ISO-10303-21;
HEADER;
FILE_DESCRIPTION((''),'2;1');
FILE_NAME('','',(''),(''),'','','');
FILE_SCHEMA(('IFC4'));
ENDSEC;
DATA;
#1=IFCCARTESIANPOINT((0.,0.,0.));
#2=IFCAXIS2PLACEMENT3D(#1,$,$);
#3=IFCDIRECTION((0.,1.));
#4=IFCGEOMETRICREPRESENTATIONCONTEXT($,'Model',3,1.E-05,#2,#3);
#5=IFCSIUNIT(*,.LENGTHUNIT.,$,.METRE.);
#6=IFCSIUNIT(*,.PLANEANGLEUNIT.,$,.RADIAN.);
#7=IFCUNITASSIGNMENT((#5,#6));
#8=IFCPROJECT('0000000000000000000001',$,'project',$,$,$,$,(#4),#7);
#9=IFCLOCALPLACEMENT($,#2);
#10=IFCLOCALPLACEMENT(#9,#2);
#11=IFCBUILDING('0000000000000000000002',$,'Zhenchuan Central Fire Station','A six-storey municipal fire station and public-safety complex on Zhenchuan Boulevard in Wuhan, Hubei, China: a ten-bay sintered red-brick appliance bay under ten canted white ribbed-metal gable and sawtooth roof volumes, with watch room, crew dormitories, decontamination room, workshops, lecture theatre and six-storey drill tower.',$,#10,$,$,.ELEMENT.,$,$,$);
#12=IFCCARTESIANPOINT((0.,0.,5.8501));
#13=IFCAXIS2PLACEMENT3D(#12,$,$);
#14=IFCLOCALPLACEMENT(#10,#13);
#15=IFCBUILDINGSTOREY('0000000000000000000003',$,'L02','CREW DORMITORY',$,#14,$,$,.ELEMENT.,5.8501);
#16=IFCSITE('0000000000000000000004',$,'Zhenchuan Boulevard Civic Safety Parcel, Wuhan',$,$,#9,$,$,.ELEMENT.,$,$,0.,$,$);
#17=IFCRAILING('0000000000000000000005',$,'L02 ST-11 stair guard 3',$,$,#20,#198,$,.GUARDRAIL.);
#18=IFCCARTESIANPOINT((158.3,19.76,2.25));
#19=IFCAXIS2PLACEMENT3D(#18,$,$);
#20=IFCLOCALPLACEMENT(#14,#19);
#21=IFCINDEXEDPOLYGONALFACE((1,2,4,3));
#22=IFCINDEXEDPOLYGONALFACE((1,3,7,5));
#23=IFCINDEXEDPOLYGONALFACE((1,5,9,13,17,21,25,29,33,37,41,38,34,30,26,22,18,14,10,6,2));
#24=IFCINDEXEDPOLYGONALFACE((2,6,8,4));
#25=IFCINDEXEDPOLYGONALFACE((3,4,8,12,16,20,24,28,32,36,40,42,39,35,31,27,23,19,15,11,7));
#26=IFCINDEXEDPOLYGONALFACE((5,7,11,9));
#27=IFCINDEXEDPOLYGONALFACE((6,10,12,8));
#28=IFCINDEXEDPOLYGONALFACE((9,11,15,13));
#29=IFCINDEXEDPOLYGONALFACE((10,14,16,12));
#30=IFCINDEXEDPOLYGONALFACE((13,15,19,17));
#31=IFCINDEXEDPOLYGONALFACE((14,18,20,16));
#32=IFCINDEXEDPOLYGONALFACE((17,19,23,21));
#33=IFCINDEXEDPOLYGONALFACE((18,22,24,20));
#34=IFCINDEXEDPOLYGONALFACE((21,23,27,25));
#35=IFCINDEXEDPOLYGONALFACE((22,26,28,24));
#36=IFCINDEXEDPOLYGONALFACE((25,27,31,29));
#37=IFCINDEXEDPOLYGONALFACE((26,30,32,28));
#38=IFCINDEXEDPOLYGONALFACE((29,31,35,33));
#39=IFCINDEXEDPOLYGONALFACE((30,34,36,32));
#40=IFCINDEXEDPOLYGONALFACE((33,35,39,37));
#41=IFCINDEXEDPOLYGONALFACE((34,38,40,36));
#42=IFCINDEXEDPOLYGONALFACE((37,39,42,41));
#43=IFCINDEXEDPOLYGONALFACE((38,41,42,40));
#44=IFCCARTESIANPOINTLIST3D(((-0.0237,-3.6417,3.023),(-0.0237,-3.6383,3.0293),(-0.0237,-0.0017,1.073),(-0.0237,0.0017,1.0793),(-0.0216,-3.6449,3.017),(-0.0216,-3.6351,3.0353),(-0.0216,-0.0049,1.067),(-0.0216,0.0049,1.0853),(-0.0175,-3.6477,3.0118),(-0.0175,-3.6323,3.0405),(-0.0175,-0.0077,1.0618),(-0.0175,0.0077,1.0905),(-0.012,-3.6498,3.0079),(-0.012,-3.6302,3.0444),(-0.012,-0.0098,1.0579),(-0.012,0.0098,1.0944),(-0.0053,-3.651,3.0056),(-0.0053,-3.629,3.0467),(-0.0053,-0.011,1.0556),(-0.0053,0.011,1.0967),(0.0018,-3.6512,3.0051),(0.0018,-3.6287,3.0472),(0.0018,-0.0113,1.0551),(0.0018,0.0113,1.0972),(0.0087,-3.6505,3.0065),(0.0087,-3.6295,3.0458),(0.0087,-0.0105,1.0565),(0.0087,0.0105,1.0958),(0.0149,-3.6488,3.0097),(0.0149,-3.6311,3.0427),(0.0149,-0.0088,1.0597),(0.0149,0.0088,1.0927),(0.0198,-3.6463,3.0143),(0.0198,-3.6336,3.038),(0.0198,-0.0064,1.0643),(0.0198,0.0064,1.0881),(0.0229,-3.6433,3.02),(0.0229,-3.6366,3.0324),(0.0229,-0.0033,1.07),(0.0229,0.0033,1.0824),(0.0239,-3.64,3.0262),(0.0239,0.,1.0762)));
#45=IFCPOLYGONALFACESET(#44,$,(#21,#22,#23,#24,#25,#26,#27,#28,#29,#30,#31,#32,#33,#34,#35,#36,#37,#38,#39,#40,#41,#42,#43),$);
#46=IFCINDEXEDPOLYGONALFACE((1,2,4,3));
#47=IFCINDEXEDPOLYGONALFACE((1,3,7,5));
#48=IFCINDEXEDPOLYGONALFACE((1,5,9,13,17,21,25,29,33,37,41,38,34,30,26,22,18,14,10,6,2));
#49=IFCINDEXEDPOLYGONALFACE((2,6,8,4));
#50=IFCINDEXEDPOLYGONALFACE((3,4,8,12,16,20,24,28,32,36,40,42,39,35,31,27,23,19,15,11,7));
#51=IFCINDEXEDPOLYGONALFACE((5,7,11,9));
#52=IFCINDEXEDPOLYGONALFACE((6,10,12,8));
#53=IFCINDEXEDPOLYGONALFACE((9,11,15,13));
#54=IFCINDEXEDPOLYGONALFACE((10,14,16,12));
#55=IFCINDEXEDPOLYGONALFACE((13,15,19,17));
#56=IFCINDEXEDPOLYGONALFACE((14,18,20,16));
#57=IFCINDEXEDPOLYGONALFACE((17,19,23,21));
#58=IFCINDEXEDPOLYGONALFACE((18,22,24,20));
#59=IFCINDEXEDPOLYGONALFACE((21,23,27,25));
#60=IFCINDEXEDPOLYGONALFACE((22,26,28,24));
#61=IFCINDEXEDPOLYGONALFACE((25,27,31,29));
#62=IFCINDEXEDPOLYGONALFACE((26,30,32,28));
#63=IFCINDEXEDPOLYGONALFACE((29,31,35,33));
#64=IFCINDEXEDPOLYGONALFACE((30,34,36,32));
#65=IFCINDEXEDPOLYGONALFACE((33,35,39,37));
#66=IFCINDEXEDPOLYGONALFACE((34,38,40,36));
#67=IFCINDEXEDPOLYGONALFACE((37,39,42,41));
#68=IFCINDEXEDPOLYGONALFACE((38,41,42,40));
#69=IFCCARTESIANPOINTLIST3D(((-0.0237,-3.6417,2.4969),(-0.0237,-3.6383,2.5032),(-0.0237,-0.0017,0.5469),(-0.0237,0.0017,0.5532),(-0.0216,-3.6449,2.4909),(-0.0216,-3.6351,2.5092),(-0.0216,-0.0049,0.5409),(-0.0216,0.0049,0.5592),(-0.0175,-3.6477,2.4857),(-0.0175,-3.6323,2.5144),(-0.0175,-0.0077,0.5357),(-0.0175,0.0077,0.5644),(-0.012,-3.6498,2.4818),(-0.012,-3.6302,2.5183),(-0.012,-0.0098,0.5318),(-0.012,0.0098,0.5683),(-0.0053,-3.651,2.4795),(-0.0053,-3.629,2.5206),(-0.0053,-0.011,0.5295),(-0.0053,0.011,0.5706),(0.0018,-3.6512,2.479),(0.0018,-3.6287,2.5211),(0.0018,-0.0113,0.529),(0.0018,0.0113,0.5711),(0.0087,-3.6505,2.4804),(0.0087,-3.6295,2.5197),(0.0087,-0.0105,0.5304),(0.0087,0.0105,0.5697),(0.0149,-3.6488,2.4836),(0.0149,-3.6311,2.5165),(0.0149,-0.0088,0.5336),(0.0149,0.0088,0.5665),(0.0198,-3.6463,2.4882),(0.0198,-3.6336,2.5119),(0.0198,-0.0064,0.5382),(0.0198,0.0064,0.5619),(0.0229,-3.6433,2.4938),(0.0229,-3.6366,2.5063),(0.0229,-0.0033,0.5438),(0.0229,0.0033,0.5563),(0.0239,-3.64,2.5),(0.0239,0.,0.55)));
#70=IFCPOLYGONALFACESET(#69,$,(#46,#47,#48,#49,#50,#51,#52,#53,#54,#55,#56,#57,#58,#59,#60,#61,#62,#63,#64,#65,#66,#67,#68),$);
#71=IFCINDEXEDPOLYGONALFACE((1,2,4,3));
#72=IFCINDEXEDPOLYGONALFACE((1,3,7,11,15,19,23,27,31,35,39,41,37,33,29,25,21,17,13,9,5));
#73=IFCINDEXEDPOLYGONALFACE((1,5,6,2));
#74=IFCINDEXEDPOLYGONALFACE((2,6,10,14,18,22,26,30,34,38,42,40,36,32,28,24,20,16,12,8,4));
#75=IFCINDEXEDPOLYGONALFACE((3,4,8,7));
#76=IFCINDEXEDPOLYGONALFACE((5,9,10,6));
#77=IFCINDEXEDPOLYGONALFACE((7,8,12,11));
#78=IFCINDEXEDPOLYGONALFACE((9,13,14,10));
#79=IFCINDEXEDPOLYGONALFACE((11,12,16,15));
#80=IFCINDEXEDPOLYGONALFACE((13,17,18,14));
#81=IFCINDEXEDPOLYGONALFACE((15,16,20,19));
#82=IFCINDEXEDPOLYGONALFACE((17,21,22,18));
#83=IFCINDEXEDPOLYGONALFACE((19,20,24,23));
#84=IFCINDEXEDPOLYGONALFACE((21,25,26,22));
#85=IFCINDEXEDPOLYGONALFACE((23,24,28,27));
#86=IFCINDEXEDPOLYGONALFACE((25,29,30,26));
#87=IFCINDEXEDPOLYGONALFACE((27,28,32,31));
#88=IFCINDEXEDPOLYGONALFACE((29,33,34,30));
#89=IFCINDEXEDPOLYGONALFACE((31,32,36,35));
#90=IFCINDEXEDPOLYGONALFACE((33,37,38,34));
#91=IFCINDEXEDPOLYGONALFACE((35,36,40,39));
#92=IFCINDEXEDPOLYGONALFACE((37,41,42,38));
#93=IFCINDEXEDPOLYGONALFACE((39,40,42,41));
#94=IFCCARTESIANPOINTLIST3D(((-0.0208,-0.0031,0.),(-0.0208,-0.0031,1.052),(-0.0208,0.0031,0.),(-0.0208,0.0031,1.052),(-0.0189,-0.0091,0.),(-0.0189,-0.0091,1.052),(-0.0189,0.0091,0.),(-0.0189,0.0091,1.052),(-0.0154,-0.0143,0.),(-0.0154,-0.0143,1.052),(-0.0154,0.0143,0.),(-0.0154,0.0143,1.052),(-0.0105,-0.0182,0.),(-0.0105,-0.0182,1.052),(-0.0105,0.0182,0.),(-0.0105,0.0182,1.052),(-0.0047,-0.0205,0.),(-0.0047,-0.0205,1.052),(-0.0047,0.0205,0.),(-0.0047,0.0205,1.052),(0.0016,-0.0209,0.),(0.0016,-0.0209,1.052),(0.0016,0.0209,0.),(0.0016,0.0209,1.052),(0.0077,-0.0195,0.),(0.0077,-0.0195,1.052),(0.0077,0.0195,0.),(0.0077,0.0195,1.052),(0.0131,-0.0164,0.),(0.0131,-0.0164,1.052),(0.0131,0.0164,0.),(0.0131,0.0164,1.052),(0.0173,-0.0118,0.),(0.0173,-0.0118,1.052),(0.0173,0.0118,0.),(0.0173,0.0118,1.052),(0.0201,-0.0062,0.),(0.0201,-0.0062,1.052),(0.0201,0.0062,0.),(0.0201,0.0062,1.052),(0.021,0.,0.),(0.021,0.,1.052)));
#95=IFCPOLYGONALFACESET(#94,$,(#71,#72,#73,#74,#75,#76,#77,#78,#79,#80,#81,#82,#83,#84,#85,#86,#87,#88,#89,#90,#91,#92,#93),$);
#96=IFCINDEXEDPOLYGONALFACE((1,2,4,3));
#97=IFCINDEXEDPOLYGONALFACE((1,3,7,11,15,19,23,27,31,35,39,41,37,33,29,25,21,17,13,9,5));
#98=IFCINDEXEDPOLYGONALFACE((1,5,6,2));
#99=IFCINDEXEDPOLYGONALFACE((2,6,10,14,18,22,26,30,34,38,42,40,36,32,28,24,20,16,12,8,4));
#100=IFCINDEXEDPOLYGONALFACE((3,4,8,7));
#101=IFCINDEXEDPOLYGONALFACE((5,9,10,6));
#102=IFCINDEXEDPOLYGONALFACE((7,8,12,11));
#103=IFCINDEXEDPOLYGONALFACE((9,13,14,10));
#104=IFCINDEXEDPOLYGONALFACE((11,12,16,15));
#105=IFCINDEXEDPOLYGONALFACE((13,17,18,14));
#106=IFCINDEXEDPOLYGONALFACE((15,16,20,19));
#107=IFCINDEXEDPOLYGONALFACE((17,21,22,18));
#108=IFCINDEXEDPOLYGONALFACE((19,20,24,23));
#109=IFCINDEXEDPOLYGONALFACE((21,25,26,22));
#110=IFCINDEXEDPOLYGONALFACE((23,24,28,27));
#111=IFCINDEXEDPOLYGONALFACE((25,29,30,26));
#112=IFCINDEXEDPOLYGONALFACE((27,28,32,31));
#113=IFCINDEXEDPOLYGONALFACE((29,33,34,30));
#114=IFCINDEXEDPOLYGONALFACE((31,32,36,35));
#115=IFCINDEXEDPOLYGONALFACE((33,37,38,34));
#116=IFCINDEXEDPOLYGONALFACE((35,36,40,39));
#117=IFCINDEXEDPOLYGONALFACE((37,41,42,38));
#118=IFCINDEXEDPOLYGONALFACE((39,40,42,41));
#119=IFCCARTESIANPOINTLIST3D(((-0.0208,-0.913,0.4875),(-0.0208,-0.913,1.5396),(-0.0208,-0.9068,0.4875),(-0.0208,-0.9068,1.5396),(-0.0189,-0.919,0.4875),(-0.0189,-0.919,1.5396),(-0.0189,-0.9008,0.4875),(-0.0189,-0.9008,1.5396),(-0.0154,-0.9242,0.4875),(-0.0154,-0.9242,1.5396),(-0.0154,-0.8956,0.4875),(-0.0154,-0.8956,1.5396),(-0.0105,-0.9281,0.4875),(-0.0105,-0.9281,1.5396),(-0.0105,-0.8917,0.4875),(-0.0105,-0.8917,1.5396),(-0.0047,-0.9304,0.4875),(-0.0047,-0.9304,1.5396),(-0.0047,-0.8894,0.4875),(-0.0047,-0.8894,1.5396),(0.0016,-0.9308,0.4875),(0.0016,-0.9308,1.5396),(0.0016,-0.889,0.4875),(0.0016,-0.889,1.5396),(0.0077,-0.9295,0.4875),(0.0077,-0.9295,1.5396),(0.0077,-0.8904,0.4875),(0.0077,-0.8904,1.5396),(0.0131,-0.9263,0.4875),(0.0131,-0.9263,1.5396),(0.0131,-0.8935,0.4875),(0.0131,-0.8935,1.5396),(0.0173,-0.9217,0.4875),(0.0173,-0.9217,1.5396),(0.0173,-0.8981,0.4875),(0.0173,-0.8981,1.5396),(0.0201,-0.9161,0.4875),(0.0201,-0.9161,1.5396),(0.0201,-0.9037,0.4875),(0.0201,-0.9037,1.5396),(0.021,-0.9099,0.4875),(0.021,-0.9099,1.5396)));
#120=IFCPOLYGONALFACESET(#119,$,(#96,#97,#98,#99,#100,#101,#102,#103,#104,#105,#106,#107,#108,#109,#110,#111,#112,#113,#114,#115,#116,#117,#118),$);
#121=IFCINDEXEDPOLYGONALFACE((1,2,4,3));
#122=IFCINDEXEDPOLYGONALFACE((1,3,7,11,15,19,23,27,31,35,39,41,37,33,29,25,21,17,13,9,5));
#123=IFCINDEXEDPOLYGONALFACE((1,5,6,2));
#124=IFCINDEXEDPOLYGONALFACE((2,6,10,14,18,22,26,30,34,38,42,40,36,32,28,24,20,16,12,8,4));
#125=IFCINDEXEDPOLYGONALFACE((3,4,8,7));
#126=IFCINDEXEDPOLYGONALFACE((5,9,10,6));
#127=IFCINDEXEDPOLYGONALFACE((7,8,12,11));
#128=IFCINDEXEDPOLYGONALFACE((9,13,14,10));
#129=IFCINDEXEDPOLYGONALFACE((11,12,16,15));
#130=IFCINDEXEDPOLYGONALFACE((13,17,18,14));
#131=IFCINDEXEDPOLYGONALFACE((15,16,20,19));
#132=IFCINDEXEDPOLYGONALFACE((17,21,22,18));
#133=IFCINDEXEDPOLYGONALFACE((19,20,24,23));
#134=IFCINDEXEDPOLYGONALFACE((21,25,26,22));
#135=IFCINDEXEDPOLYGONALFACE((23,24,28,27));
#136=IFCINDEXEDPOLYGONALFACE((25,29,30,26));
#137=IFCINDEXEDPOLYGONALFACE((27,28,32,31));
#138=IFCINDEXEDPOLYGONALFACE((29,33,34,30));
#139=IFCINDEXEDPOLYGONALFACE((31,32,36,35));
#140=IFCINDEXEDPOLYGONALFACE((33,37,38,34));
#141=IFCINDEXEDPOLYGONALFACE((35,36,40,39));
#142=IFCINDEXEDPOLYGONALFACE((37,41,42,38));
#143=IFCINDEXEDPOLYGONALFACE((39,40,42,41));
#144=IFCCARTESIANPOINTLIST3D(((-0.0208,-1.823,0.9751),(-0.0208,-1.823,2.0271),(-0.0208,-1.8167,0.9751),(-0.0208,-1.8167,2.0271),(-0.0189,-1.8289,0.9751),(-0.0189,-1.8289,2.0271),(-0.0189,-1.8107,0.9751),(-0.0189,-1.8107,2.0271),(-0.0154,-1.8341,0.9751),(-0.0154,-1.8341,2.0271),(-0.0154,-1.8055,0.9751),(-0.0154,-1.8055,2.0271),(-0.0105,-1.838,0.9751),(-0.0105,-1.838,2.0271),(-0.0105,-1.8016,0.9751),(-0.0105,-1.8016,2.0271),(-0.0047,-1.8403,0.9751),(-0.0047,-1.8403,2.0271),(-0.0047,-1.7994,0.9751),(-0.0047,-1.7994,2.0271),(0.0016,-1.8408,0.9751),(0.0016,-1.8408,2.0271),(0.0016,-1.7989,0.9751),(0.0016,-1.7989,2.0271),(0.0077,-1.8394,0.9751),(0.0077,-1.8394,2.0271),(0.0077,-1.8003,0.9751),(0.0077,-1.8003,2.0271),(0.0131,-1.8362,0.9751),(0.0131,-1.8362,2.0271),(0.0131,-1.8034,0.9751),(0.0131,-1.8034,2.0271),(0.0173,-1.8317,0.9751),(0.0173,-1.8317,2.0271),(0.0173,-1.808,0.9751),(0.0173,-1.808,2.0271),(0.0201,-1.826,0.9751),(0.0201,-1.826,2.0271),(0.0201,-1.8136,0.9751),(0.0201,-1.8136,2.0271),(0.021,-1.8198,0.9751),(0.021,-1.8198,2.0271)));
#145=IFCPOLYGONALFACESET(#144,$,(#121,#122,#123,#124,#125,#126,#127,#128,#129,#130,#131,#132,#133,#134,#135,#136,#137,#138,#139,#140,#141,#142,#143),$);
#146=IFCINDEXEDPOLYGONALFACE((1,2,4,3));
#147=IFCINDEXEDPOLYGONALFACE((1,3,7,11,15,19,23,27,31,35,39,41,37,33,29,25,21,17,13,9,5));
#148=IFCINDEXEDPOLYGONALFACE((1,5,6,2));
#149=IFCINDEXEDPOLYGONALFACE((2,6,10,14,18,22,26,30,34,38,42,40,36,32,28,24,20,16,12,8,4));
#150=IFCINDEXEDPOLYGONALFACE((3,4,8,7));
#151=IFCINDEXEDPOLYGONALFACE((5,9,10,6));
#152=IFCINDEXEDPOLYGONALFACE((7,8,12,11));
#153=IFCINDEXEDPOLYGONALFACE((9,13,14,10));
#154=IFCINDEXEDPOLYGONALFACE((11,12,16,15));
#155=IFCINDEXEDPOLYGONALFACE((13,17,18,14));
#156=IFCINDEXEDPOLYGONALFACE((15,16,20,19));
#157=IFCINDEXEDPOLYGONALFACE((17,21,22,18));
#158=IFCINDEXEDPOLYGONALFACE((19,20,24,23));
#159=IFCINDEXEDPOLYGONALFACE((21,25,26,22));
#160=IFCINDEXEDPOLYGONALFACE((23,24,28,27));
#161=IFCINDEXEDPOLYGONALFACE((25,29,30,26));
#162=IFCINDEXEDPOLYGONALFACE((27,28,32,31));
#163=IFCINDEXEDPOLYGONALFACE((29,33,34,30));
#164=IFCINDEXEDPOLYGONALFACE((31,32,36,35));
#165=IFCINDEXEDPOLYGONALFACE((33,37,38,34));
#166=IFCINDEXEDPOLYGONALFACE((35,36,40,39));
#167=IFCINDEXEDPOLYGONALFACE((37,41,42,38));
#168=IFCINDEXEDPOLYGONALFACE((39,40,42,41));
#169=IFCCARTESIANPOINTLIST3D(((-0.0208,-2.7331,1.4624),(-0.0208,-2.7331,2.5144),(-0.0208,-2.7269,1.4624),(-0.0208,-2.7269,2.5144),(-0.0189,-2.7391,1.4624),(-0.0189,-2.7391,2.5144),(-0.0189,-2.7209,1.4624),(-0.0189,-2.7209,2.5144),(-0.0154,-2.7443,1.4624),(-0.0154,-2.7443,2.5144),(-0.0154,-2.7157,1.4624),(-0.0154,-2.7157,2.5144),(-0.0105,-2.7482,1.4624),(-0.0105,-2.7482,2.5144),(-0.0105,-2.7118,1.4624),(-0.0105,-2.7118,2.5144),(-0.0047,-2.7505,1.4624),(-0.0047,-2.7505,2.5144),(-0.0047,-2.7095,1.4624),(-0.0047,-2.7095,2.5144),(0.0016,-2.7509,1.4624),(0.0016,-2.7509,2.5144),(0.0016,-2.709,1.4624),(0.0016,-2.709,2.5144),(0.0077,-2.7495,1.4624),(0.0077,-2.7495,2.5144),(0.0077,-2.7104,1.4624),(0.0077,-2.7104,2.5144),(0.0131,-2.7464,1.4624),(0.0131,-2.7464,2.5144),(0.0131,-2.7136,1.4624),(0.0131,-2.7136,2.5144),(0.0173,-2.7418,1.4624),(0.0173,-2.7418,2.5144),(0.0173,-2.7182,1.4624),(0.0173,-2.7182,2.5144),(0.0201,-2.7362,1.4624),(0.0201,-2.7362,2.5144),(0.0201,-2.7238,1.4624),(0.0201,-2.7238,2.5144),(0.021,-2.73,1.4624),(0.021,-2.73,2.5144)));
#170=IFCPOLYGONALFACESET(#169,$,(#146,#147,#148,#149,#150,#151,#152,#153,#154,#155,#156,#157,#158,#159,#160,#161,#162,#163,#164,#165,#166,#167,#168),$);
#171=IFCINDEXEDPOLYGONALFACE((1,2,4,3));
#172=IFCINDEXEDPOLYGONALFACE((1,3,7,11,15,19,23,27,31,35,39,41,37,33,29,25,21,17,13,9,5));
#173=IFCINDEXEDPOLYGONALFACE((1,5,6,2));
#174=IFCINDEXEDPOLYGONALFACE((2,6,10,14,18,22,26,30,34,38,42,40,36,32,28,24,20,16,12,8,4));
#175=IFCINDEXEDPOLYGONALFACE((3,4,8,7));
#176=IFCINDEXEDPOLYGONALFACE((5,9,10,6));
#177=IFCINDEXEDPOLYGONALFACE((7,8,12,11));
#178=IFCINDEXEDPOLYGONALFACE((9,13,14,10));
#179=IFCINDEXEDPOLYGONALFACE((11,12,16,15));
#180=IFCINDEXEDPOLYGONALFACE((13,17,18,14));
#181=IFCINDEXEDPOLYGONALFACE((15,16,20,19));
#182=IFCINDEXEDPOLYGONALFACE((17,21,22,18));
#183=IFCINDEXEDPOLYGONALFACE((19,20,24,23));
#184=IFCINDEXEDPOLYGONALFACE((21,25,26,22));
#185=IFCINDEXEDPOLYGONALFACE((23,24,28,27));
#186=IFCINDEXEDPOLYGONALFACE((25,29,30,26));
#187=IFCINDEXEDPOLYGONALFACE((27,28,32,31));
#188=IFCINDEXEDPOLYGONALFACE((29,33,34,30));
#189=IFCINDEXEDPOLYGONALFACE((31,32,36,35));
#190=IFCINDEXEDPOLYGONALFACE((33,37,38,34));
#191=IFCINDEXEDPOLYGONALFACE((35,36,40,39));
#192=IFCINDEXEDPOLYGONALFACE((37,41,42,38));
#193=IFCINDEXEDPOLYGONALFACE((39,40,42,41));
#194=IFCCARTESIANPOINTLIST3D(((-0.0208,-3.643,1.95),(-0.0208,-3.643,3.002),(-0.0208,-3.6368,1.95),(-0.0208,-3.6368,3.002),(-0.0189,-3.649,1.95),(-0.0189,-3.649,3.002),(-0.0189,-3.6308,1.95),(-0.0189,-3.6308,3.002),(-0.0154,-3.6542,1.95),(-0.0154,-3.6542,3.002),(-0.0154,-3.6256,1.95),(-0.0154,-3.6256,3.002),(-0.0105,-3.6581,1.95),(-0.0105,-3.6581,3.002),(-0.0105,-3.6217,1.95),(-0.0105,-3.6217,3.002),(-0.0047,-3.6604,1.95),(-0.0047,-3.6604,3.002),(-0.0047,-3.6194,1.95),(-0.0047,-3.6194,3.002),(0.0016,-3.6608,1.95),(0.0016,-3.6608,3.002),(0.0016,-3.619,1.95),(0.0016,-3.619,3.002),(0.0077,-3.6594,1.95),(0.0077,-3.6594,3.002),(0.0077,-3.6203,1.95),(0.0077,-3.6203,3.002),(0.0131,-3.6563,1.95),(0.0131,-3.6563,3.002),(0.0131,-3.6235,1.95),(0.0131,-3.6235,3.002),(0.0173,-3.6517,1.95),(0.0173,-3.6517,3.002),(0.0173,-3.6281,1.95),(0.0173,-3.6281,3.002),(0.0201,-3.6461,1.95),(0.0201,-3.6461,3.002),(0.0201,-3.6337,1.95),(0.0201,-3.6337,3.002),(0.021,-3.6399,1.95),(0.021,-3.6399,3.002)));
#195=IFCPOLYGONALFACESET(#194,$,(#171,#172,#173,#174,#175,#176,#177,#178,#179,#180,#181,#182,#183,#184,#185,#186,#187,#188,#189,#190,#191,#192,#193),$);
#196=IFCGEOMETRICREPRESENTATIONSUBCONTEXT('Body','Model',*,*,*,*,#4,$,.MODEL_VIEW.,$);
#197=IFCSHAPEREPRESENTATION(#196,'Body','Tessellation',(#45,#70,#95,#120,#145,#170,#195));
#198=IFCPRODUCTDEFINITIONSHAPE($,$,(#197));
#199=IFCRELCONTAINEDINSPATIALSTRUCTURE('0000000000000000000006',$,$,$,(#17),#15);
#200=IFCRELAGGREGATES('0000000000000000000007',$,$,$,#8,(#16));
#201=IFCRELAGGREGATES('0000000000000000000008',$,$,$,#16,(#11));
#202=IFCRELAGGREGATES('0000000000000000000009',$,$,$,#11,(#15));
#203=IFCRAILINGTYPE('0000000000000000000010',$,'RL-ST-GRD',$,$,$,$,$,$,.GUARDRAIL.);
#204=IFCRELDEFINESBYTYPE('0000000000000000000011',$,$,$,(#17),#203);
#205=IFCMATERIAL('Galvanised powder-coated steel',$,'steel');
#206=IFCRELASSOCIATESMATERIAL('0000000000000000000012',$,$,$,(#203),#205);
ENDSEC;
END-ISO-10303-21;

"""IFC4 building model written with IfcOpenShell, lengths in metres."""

from ifc_helpers import new_model, si_unit, direction, frame, origin, origin_2d, place, context, subcontext, project, spatial, circle, extrude, material, type_object, element, save


model = new_model("IFC4")

# Units and contexts
model_context = context("Model", 3, precision=1e-05, world=origin(), true_north=direction((0.0, 1.0)))
body_context = subcontext(model_context, "Body", "Model", "MODEL_VIEW")
ifc_project = project(units=[si_unit("LENGTHUNIT", "METRE"), si_unit("PLANEANGLEUNIT", "RADIAN")], contexts=[model_context])

# Site, building, storey
site_placement = place(None, origin())
site = spatial("IfcSite", under=ifc_project, at=site_placement, Name="Zhenchuan Boulevard Civic Safety Parcel, Wuhan", CompositionType="ELEMENT", RefElevation=0.0)
building_placement = place(site_placement, origin())
building = spatial("IfcBuilding", under=site, at=building_placement, Name="Zhenchuan Central Fire Station", Description="A six-storey municipal fire station and public-safety complex on Zhenchuan Boulevard in Wuhan, Hubei, China: a ten-bay sintered red-brick appliance bay under ten canted white ribbed-metal gable and sawtooth roof volumes, with watch room, crew dormitories, decontamination room, workshops, lecture theatre and six-storey drill tower.", CompositionType="ELEMENT")
storey_placement = place(building_placement, frame((0.0, 0.0, 5.8501)))
storey = spatial("IfcBuildingStorey", under=building, at=storey_placement, Name="L02", Description="CREW DORMITORY", CompositionType="ELEMENT", Elevation=5.8501)

# Railing
ifc_material_1 = material(Name="Galvanised powder-coated steel", Category="steel")
railing_type_1 = type_object("IfcRailingType", Name="RL-ST-GRD", PredefinedType="GUARDRAIL", material=ifc_material_1)
railing_1_placement = place(storey_placement, frame((158.3, 19.76, 2.25)))
element("IfcRailing", 1, at=railing_1_placement, inside=storey, type_object=railing_type_1, Name="L02 ST-11 stair guard 3", PredefinedType="GUARDRAIL", context=body_context, shape_type="SweptSolid", body=[
    extrude(circle(Radius=0.0239, at=origin_2d()), frame((0.0, 0.0, 1.0762), z_axis=(0.0, -0.881479, 0.472223), x_axis=(1.0, 0.0, 0.0)), (0.0, 0.0, 1.0), 4.1294),
    extrude(circle(Radius=0.0239, at=origin_2d()), frame((0.0, 0.0, 0.55), z_axis=(0.0, -0.881479, 0.472223), x_axis=(1.0, 0.0, 0.0)), (0.0, 0.0, 1.0), 4.1294),
    extrude(circle(Radius=0.021, at=origin_2d()), origin(), (0.0, 0.0, 1.0), 1.052),
    extrude(circle(Radius=0.021, at=origin_2d()), frame((0.0, -0.9099, 0.4875)), (0.0, 0.0, 1.0), 1.052),
    extrude(circle(Radius=0.021, at=origin_2d()), frame((0.0, -1.8198, 0.9751)), (0.0, 0.0, 1.0), 1.052),
    extrude(circle(Radius=0.021, at=origin_2d()), frame((0.0, -2.73, 1.4624)), (0.0, 0.0, 1.0), 1.052),
    extrude(circle(Radius=0.021, at=origin_2d()), frame((0.0, -3.6399, 1.95)), (0.0, 0.0, 1.0), 1.052),
])

save(model, "model.ifc")
